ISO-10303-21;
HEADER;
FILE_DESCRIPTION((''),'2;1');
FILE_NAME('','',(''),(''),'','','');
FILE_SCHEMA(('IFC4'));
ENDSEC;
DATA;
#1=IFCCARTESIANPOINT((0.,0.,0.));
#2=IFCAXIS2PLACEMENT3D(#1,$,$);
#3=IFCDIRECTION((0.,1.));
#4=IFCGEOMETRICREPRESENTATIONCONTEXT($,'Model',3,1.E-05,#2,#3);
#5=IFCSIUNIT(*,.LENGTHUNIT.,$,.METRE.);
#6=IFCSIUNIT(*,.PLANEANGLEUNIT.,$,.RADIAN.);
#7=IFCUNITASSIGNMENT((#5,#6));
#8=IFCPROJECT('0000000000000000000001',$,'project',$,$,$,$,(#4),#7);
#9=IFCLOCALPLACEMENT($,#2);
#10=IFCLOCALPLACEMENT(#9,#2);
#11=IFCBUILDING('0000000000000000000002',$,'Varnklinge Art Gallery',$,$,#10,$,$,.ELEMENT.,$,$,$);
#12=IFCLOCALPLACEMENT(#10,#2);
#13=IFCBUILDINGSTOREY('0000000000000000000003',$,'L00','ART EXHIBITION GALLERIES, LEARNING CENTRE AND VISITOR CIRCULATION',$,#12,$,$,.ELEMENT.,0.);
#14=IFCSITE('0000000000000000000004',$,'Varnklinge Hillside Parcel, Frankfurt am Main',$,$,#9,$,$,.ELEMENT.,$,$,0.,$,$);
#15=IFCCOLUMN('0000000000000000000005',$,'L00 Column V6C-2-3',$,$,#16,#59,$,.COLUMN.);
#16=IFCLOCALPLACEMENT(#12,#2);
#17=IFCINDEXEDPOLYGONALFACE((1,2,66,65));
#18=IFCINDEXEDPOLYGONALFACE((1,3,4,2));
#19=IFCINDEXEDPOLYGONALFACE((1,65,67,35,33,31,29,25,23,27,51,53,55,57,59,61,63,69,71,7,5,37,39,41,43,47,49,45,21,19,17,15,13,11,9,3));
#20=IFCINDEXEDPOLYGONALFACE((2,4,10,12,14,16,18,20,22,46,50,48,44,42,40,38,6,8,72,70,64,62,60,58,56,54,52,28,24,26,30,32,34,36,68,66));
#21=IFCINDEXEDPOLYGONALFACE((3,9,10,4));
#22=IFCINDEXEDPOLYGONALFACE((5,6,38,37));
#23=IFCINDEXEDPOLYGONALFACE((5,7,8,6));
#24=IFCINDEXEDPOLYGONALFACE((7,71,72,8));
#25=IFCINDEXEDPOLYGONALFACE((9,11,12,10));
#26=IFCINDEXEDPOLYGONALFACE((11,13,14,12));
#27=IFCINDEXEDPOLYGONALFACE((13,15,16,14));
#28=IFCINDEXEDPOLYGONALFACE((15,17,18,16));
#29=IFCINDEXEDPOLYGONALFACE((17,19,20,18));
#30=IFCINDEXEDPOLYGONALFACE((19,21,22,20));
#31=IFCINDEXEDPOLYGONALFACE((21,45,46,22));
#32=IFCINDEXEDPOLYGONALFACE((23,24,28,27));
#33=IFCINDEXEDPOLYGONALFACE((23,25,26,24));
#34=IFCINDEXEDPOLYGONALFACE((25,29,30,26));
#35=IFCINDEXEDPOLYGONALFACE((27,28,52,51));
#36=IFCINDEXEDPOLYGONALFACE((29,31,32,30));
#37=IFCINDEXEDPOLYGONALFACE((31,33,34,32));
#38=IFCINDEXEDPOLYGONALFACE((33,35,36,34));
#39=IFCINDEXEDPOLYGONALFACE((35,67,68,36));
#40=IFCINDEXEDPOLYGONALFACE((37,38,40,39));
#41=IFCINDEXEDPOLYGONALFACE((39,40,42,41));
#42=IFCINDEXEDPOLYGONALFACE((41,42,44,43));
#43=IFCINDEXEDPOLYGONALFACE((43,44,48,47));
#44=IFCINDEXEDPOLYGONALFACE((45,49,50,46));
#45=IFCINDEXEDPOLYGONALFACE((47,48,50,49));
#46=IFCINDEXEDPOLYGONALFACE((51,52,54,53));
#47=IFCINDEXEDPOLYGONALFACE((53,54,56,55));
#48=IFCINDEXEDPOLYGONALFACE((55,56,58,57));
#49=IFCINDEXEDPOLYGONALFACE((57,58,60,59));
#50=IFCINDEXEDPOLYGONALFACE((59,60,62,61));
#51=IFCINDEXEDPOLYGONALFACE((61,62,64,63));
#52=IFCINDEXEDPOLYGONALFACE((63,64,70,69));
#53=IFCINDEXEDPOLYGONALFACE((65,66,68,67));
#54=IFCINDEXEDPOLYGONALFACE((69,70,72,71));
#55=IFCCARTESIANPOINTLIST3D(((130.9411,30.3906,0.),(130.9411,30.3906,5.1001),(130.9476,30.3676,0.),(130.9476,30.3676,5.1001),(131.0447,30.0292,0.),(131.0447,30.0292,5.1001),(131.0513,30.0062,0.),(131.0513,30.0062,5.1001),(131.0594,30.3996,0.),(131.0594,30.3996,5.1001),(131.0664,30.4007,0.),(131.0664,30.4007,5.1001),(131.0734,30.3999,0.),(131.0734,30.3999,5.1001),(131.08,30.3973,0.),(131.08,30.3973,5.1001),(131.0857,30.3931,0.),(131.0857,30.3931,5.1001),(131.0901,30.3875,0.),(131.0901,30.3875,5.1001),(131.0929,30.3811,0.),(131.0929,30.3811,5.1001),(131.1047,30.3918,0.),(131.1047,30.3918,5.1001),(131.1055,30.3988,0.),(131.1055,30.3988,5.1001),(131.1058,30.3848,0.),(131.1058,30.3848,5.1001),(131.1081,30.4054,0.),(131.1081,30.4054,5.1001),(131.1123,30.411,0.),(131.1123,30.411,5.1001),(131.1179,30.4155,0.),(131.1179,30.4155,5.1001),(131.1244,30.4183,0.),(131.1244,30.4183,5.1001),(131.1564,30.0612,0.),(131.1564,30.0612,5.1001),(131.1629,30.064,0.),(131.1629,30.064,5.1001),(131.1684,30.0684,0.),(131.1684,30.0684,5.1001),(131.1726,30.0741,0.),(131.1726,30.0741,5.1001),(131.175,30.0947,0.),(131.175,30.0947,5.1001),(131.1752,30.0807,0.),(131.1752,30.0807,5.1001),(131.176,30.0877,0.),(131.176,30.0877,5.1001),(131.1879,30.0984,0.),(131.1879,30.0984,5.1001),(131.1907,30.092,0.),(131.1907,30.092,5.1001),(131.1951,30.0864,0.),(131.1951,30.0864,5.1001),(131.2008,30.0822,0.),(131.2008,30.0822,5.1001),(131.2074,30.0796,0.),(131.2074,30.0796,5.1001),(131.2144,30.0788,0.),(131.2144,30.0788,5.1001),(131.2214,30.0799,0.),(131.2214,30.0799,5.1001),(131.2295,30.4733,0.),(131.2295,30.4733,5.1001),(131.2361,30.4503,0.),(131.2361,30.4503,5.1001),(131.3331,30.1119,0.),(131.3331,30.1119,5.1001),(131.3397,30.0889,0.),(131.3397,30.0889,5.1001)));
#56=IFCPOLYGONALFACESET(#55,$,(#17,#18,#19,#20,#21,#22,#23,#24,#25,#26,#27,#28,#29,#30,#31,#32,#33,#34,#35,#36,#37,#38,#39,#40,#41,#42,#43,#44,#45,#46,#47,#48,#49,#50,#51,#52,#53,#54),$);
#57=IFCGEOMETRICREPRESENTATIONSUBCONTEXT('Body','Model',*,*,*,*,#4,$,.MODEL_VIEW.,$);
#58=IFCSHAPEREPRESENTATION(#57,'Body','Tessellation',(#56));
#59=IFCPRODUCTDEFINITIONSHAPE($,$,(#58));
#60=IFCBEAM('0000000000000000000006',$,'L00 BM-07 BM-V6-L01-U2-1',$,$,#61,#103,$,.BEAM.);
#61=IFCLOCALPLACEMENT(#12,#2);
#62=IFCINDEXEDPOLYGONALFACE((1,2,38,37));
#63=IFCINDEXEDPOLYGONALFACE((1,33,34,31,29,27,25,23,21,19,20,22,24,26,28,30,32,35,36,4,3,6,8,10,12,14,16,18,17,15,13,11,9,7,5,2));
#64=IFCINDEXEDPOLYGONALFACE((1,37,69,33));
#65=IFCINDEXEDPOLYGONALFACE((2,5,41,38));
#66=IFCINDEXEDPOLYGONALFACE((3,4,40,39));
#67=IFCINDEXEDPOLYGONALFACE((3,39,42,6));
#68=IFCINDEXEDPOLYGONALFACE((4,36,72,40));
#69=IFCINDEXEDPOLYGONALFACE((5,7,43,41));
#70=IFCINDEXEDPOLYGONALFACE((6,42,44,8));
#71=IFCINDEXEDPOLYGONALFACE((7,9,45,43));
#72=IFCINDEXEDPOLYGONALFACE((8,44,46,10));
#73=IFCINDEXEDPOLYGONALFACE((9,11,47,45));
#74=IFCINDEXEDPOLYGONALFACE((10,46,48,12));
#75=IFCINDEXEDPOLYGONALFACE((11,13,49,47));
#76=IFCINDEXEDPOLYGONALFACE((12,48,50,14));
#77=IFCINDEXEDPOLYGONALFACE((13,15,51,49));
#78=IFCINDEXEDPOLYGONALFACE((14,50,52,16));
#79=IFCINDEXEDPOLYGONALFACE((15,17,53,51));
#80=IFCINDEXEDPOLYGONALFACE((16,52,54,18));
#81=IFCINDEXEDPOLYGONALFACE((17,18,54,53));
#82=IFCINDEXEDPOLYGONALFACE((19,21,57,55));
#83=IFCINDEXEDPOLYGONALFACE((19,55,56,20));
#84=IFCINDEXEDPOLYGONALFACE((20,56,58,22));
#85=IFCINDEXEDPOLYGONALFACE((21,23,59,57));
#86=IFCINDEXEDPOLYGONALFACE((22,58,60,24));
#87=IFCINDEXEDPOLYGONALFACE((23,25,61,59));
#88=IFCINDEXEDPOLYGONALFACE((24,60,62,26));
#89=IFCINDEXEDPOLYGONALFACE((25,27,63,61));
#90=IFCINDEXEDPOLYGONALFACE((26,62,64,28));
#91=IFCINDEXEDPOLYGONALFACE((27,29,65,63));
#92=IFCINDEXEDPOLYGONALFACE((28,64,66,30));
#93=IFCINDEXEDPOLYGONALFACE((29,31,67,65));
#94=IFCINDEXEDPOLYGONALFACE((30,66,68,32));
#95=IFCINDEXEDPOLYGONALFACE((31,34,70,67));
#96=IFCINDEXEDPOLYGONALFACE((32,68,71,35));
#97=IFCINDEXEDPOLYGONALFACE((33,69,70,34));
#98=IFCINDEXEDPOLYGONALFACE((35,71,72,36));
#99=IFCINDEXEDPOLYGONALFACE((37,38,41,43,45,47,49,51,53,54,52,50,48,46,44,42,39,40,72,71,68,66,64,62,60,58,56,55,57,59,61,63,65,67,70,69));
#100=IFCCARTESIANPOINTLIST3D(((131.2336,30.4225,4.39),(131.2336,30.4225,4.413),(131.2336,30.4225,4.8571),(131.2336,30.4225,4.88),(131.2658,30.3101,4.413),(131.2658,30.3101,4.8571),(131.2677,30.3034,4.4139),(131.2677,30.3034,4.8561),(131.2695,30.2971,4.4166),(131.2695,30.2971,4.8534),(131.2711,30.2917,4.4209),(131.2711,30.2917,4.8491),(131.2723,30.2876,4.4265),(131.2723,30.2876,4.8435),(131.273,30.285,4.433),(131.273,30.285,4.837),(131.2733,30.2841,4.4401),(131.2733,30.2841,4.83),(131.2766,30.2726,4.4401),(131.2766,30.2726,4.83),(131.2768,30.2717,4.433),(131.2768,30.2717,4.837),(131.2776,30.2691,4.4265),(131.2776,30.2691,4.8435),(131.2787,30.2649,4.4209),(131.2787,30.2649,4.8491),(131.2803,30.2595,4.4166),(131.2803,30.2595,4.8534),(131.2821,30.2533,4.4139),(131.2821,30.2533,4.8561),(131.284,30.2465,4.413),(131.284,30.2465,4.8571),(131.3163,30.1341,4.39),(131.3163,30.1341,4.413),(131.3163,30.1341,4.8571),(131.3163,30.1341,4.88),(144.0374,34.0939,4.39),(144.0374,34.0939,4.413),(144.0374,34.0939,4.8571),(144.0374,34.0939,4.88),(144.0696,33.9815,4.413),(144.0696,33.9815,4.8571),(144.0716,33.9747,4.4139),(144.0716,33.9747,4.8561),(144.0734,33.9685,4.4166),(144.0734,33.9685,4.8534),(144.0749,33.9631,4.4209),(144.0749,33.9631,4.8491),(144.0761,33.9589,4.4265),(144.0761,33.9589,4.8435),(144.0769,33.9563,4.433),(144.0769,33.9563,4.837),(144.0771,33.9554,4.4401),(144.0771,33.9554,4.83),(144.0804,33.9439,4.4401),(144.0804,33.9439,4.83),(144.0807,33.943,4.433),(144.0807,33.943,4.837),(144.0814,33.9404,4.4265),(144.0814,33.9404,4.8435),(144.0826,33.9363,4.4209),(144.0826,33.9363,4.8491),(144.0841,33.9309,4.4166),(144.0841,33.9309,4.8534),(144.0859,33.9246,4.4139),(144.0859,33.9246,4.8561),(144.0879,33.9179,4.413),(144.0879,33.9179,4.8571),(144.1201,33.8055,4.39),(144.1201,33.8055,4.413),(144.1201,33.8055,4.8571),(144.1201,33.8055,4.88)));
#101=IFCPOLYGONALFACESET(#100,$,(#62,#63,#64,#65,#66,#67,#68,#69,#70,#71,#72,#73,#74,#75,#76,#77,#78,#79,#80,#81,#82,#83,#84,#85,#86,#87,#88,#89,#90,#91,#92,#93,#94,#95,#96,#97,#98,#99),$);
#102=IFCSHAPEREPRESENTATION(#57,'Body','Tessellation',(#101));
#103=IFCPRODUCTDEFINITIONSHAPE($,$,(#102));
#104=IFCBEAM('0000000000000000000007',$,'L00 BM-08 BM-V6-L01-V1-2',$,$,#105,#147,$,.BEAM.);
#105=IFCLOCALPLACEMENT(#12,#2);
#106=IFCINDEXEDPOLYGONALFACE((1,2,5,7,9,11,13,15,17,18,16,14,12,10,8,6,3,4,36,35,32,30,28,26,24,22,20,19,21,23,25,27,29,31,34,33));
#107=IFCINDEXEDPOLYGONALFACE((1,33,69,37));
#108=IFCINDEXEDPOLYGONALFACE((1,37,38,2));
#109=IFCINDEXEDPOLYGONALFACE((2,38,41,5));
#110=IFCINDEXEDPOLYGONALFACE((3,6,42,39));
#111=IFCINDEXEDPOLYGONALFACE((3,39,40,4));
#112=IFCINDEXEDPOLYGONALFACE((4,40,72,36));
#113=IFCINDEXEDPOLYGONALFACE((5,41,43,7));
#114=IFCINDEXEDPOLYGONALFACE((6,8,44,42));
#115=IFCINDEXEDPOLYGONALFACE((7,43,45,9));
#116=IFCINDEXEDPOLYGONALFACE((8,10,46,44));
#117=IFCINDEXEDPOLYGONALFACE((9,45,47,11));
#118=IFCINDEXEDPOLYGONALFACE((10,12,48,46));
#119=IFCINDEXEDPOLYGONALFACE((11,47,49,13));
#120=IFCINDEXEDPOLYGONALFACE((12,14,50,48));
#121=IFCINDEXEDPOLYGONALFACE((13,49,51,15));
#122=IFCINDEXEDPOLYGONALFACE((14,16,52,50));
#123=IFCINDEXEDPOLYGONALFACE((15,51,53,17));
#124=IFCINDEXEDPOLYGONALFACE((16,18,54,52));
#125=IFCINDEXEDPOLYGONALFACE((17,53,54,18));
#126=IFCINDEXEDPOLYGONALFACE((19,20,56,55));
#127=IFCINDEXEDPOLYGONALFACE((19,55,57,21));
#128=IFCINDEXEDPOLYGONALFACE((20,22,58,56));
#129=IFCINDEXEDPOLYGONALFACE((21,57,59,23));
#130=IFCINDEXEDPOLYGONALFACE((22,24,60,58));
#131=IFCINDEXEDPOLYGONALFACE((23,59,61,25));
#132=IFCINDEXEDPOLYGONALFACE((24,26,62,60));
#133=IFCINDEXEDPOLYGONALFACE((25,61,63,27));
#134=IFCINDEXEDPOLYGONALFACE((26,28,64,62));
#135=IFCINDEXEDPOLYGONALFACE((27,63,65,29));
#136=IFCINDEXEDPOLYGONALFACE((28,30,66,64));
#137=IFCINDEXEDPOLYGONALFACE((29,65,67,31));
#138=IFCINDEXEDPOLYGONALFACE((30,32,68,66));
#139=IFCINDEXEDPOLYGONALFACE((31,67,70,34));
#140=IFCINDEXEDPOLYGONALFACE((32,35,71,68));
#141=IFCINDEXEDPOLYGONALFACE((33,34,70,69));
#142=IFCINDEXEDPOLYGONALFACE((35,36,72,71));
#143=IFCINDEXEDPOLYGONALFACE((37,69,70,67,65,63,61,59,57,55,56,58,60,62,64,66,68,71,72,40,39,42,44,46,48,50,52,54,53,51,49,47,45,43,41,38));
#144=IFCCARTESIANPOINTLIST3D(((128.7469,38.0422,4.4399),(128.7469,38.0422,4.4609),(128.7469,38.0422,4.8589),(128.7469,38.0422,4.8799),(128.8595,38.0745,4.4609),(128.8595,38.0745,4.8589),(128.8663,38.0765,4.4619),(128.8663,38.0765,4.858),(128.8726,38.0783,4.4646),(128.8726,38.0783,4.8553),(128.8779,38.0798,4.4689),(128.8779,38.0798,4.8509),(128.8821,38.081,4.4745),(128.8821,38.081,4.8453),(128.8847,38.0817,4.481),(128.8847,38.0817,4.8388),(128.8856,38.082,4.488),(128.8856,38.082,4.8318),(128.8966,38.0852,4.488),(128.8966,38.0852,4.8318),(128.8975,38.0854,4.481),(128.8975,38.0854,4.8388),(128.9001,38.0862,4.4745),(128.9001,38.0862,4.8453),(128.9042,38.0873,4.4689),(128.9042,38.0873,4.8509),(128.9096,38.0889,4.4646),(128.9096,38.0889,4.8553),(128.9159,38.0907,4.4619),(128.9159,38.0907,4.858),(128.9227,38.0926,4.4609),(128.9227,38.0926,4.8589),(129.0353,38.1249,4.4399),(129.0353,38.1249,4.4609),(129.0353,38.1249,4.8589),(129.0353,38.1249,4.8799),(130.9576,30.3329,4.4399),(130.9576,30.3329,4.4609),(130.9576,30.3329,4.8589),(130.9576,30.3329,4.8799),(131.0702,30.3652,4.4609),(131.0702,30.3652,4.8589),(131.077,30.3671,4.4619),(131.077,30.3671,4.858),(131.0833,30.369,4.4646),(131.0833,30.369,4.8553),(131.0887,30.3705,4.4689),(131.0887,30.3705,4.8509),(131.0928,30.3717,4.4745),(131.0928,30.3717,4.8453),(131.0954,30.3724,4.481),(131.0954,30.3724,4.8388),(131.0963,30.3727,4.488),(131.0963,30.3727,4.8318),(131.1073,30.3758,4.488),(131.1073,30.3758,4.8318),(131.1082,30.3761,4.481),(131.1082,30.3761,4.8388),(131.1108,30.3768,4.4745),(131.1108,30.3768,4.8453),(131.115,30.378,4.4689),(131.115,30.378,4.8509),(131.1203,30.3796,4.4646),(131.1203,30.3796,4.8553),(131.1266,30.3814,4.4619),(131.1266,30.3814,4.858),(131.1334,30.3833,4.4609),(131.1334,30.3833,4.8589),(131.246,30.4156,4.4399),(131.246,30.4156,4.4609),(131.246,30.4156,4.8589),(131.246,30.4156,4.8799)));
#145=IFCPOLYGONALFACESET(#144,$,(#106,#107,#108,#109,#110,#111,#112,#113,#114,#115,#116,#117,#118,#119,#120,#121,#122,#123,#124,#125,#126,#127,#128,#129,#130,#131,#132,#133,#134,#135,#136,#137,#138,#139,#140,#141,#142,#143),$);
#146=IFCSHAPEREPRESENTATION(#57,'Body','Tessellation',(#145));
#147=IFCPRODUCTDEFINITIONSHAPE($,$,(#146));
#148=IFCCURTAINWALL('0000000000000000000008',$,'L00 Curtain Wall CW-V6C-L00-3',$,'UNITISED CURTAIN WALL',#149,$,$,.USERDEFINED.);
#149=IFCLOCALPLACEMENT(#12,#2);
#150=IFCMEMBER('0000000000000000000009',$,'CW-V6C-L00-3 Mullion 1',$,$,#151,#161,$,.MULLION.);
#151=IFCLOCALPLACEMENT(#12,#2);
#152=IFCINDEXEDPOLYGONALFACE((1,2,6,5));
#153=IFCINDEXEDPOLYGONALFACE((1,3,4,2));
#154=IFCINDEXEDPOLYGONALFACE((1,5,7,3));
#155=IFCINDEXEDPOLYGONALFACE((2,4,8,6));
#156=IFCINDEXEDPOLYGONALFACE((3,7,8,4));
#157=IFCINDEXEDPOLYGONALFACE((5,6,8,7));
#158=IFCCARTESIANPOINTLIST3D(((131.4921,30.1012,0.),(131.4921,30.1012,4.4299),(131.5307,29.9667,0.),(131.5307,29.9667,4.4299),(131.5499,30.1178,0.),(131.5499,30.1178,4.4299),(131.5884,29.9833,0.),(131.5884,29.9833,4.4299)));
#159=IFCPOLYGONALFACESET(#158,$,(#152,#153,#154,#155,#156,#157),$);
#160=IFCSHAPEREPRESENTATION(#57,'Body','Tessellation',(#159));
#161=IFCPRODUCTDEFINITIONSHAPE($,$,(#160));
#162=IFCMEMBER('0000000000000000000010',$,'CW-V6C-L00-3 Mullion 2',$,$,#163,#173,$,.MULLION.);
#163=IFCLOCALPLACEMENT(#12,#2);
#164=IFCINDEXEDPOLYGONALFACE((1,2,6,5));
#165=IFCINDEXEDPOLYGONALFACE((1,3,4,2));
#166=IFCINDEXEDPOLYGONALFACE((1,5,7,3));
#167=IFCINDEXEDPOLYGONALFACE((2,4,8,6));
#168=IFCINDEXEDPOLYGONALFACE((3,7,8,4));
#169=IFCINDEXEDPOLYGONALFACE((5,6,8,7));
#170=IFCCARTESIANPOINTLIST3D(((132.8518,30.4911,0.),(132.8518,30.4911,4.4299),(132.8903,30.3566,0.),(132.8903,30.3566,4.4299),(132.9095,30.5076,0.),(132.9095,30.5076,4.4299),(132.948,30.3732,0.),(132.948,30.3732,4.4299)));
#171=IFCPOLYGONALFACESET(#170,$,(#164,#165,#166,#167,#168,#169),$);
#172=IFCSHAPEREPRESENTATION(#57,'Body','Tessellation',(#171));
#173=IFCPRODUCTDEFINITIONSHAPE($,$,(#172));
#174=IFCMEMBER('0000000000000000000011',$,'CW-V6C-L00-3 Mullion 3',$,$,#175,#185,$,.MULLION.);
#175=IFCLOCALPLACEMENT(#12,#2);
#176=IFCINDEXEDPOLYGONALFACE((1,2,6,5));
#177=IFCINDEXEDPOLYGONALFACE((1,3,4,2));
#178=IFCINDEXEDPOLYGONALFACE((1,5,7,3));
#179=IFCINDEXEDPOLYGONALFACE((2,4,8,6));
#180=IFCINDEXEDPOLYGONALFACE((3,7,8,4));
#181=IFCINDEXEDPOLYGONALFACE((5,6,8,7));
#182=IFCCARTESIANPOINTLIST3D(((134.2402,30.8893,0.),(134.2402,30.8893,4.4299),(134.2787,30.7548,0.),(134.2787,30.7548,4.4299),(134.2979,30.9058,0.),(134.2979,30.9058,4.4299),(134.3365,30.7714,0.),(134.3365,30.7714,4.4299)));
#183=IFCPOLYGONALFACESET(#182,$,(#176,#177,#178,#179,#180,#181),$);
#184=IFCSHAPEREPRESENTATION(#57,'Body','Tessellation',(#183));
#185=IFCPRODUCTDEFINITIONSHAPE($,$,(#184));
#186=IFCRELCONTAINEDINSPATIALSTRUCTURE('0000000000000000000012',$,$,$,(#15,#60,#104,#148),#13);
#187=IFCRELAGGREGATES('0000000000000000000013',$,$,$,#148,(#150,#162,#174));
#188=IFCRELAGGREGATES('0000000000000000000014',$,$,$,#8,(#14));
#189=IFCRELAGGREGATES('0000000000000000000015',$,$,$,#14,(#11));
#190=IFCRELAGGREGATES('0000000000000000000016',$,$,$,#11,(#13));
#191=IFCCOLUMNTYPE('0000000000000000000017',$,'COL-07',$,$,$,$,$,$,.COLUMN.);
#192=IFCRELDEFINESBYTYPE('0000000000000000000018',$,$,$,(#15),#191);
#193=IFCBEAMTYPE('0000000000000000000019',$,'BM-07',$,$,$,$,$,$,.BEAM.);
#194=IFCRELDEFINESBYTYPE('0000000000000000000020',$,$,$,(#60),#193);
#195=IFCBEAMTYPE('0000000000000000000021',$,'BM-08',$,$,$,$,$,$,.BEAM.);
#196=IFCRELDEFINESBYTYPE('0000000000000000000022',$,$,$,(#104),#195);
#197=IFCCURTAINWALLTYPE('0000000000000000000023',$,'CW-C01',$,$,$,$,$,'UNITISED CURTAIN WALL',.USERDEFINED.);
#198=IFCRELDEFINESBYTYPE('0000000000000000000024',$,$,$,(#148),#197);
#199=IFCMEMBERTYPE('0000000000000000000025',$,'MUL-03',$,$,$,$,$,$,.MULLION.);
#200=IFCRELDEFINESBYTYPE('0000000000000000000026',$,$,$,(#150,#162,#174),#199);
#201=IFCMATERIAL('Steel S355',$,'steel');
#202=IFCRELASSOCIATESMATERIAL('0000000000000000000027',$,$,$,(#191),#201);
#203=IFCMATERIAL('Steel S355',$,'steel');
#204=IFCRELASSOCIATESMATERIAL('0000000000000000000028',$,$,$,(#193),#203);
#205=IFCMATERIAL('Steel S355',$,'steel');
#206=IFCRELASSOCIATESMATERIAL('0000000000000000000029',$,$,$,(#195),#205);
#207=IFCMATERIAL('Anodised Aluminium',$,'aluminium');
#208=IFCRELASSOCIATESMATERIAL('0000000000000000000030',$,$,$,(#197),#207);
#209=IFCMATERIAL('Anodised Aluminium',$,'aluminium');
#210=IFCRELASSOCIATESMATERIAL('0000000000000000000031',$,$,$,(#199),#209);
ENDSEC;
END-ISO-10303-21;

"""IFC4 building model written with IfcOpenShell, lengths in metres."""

from ifc_helpers import new_model, si_unit, direction, frame, origin, origin_2d, place, context, subcontext, project, spatial, rectangle, i_section, extrude, material, material_profile, profile_set, type_object, element, aggregate, save


model = new_model("IFC4")

# Units and contexts
model_context = context("Model", 3, precision=1e-05, world=origin(), true_north=direction((0.0, 1.0)))
body_context = subcontext(model_context, "Body", "Model", "MODEL_VIEW")
ifc_project = project(units=[si_unit("LENGTHUNIT", "METRE"), si_unit("PLANEANGLEUNIT", "RADIAN")], contexts=[model_context])

# Site, building, storey
site_placement = place(None, origin())
site = spatial("IfcSite", under=ifc_project, at=site_placement, Name="Varnklinge Hillside Parcel, Frankfurt am Main", CompositionType="ELEMENT", RefElevation=0.0)
building_placement = place(site_placement, origin())
building = spatial("IfcBuilding", under=site, at=building_placement, Name="Varnklinge Art Gallery", CompositionType="ELEMENT")
storey_placement = place(building_placement, origin())
storey = spatial("IfcBuildingStorey", under=building, at=storey_placement, Name="L00", Description="ART EXHIBITION GALLERIES, LEARNING CENTRE AND VISITOR CIRCULATION", CompositionType="ELEMENT", Elevation=0.0)

# Column
ifc_material_1 = material(Name="Steel S355", Category="steel")
ifc_material_profile_1 = material_profile(ifc_material_1, i_section(OverallWidth=0.3, OverallDepth=0.3999, WebThickness=0.0134, FlangeThickness=0.0239, FilletRadius=0.0271, at=origin_2d()), Name="HEB 400")
ifc_profile_set_1 = profile_set([ifc_material_profile_1], Name="Steel S355")
column_type = type_object("IfcColumnType", Name="COL-07", PredefinedType="COLUMN", material=ifc_profile_set_1)
column_placement = place(storey_placement, frame((131.1404, 30.2397, 0.0), z_axis=(0.0, 0.0, 1.0), x_axis=(0.961262, 0.275637, 0.0)))
element("IfcColumn", 1, at=column_placement, inside=storey, type_object=column_type, Name="L00 Column V6C-2-3", PredefinedType="COLUMN", context=body_context, shape_type="SweptSolid", body=[
    extrude(i_section(OverallWidth=0.3, OverallDepth=0.3999, WebThickness=0.0134, FlangeThickness=0.0239, FilletRadius=0.0271, at=origin_2d()), origin(), (0.0, 0.0, 1.0), 5.1001),
])

# Beams
ifc_material_2 = material(Name="Steel S355", Category="steel")
ifc_material_profile_2 = material_profile(ifc_material_2, i_section(OverallWidth=0.3, OverallDepth=0.49, WebThickness=0.012, FlangeThickness=0.0229, FilletRadius=0.0271, at=origin_2d()), Name="HEA 500")
ifc_profile_set_2 = profile_set([ifc_material_profile_2], Name="Steel S355")
beam_type_1 = type_object("IfcBeamType", Name="BM-07", PredefinedType="BEAM", material=ifc_profile_set_2)
beam_1_placement = place(storey_placement, frame((131.2749, 30.2783, 4.635), z_axis=(0.961263, 0.275631, 0.0), x_axis=(-0.275631, 0.961263, 0.0)))
element("IfcBeam", 2, at=beam_1_placement, inside=storey, type_object=beam_type_1, Name="L00 BM-07 BM-V6-L01-U2-1", PredefinedType="BEAM", context=body_context, shape_type="SweptSolid", body=[
    extrude(i_section(OverallWidth=0.3, OverallDepth=0.49, WebThickness=0.012, FlangeThickness=0.0229, FilletRadius=0.0271, at=origin_2d()), origin(), (0.0, 0.0, 1.0), 13.3198),
])
ifc_material_3 = material(Name="Steel S355", Category="steel")
ifc_material_profile_3 = material_profile(ifc_material_3, i_section(OverallWidth=0.3, OverallDepth=0.4399, WebThickness=0.0115, FlangeThickness=0.021, FilletRadius=0.0271, at=origin_2d()), Name="HEA 450")
ifc_profile_set_3 = profile_set([ifc_material_profile_3], Name="Steel S355")
beam_type_2 = type_object("IfcBeamType", Name="BM-08", PredefinedType="BEAM", material=ifc_profile_set_3)
beam_2_placement = place(storey_placement, frame((131.1018, 30.3743, 4.6599), z_axis=(-0.27565, 0.961258, 0.0), x_axis=(-0.961258, -0.27565, 0.0)))
element("IfcBeam", 3, at=beam_2_placement, inside=storey, type_object=beam_type_2, Name="L00 BM-08 BM-V6-L01-V1-2", PredefinedType="BEAM", context=body_context, shape_type="SweptSolid", body=[
    extrude(i_section(OverallWidth=0.3, OverallDepth=0.4399, WebThickness=0.0115, FlangeThickness=0.021, FilletRadius=0.0271, at=origin_2d()), origin(), (0.0, 0.0, 1.0), 8.02),
])

# Curtain wall, members
ifc_material_4 = material(Name="Anodised Aluminium", Category="aluminium")
curtain_wall_type = type_object("IfcCurtainWallType", Name="CW-C01", ElementType="UNITISED CURTAIN WALL", PredefinedType="USERDEFINED", material=ifc_material_4)
curtain_wall_1_placement = place(storey_placement, origin())
curtain_wall_1 = element("IfcCurtainWall", 4, at=curtain_wall_1_placement, inside=storey, type_object=curtain_wall_type, Name="L00 Curtain Wall CW-V6C-L00-3", ObjectType="UNITISED CURTAIN WALL", PredefinedType="USERDEFINED")
ifc_material_5 = material(Name="Anodised Aluminium", Category="aluminium")
ifc_material_profile_4 = material_profile(ifc_material_5, rectangle(XDim=0.0601, YDim=0.1399, at=origin_2d()), Name="ALU 60x140")
ifc_profile_set_4 = profile_set([ifc_material_profile_4], Name="Anodised Aluminium")
member_type_1 = type_object("IfcMemberType", Name="MUL-03", PredefinedType="MULLION", material=ifc_profile_set_4)
member_1_placement = place(storey_placement, frame((131.5403, 30.0422, 0.0), z_axis=(0.0, 0.0, 1.0), x_axis=(0.961262, 0.275637, 0.0)))
member_1 = element("IfcMember", 5, at=member_1_placement, type_object=member_type_1, Name="CW-V6C-L00-3 Mullion 1", PredefinedType="MULLION", context=body_context, shape_type="SweptSolid", body=[
    extrude(rectangle(XDim=0.0601, YDim=0.1399, at=origin_2d()), origin(), (0.0, 0.0, 1.0), 4.4299),
])
member_2_placement = place(storey_placement, frame((132.8999, 30.4321, 0.0), z_axis=(0.0, 0.0, 1.0), x_axis=(0.961262, 0.275637, 0.0)))
member_2 = element("IfcMember", 6, at=member_2_placement, type_object=member_type_1, Name="CW-V6C-L00-3 Mullion 2", PredefinedType="MULLION", context=body_context, shape_type="SweptSolid", body=[
    extrude(rectangle(XDim=0.0601, YDim=0.1399, at=origin_2d()), origin(), (0.0, 0.0, 1.0), 4.4299),
])
member_3_placement = place(storey_placement, frame((134.2883, 30.8303, 0.0), z_axis=(0.0, 0.0, 1.0), x_axis=(0.961262, 0.275637, 0.0)))
member_3 = element("IfcMember", 7, at=member_3_placement, type_object=member_type_1, Name="CW-V6C-L00-3 Mullion 3", PredefinedType="MULLION", context=body_context, shape_type="SweptSolid", body=[
    extrude(rectangle(XDim=0.0601, YDim=0.1399, at=origin_2d()), origin(), (0.0, 0.0, 1.0), 4.4299),
])

aggregate(curtain_wall_1, [member_1, member_2, member_3])

save(model, "model.ifc")
